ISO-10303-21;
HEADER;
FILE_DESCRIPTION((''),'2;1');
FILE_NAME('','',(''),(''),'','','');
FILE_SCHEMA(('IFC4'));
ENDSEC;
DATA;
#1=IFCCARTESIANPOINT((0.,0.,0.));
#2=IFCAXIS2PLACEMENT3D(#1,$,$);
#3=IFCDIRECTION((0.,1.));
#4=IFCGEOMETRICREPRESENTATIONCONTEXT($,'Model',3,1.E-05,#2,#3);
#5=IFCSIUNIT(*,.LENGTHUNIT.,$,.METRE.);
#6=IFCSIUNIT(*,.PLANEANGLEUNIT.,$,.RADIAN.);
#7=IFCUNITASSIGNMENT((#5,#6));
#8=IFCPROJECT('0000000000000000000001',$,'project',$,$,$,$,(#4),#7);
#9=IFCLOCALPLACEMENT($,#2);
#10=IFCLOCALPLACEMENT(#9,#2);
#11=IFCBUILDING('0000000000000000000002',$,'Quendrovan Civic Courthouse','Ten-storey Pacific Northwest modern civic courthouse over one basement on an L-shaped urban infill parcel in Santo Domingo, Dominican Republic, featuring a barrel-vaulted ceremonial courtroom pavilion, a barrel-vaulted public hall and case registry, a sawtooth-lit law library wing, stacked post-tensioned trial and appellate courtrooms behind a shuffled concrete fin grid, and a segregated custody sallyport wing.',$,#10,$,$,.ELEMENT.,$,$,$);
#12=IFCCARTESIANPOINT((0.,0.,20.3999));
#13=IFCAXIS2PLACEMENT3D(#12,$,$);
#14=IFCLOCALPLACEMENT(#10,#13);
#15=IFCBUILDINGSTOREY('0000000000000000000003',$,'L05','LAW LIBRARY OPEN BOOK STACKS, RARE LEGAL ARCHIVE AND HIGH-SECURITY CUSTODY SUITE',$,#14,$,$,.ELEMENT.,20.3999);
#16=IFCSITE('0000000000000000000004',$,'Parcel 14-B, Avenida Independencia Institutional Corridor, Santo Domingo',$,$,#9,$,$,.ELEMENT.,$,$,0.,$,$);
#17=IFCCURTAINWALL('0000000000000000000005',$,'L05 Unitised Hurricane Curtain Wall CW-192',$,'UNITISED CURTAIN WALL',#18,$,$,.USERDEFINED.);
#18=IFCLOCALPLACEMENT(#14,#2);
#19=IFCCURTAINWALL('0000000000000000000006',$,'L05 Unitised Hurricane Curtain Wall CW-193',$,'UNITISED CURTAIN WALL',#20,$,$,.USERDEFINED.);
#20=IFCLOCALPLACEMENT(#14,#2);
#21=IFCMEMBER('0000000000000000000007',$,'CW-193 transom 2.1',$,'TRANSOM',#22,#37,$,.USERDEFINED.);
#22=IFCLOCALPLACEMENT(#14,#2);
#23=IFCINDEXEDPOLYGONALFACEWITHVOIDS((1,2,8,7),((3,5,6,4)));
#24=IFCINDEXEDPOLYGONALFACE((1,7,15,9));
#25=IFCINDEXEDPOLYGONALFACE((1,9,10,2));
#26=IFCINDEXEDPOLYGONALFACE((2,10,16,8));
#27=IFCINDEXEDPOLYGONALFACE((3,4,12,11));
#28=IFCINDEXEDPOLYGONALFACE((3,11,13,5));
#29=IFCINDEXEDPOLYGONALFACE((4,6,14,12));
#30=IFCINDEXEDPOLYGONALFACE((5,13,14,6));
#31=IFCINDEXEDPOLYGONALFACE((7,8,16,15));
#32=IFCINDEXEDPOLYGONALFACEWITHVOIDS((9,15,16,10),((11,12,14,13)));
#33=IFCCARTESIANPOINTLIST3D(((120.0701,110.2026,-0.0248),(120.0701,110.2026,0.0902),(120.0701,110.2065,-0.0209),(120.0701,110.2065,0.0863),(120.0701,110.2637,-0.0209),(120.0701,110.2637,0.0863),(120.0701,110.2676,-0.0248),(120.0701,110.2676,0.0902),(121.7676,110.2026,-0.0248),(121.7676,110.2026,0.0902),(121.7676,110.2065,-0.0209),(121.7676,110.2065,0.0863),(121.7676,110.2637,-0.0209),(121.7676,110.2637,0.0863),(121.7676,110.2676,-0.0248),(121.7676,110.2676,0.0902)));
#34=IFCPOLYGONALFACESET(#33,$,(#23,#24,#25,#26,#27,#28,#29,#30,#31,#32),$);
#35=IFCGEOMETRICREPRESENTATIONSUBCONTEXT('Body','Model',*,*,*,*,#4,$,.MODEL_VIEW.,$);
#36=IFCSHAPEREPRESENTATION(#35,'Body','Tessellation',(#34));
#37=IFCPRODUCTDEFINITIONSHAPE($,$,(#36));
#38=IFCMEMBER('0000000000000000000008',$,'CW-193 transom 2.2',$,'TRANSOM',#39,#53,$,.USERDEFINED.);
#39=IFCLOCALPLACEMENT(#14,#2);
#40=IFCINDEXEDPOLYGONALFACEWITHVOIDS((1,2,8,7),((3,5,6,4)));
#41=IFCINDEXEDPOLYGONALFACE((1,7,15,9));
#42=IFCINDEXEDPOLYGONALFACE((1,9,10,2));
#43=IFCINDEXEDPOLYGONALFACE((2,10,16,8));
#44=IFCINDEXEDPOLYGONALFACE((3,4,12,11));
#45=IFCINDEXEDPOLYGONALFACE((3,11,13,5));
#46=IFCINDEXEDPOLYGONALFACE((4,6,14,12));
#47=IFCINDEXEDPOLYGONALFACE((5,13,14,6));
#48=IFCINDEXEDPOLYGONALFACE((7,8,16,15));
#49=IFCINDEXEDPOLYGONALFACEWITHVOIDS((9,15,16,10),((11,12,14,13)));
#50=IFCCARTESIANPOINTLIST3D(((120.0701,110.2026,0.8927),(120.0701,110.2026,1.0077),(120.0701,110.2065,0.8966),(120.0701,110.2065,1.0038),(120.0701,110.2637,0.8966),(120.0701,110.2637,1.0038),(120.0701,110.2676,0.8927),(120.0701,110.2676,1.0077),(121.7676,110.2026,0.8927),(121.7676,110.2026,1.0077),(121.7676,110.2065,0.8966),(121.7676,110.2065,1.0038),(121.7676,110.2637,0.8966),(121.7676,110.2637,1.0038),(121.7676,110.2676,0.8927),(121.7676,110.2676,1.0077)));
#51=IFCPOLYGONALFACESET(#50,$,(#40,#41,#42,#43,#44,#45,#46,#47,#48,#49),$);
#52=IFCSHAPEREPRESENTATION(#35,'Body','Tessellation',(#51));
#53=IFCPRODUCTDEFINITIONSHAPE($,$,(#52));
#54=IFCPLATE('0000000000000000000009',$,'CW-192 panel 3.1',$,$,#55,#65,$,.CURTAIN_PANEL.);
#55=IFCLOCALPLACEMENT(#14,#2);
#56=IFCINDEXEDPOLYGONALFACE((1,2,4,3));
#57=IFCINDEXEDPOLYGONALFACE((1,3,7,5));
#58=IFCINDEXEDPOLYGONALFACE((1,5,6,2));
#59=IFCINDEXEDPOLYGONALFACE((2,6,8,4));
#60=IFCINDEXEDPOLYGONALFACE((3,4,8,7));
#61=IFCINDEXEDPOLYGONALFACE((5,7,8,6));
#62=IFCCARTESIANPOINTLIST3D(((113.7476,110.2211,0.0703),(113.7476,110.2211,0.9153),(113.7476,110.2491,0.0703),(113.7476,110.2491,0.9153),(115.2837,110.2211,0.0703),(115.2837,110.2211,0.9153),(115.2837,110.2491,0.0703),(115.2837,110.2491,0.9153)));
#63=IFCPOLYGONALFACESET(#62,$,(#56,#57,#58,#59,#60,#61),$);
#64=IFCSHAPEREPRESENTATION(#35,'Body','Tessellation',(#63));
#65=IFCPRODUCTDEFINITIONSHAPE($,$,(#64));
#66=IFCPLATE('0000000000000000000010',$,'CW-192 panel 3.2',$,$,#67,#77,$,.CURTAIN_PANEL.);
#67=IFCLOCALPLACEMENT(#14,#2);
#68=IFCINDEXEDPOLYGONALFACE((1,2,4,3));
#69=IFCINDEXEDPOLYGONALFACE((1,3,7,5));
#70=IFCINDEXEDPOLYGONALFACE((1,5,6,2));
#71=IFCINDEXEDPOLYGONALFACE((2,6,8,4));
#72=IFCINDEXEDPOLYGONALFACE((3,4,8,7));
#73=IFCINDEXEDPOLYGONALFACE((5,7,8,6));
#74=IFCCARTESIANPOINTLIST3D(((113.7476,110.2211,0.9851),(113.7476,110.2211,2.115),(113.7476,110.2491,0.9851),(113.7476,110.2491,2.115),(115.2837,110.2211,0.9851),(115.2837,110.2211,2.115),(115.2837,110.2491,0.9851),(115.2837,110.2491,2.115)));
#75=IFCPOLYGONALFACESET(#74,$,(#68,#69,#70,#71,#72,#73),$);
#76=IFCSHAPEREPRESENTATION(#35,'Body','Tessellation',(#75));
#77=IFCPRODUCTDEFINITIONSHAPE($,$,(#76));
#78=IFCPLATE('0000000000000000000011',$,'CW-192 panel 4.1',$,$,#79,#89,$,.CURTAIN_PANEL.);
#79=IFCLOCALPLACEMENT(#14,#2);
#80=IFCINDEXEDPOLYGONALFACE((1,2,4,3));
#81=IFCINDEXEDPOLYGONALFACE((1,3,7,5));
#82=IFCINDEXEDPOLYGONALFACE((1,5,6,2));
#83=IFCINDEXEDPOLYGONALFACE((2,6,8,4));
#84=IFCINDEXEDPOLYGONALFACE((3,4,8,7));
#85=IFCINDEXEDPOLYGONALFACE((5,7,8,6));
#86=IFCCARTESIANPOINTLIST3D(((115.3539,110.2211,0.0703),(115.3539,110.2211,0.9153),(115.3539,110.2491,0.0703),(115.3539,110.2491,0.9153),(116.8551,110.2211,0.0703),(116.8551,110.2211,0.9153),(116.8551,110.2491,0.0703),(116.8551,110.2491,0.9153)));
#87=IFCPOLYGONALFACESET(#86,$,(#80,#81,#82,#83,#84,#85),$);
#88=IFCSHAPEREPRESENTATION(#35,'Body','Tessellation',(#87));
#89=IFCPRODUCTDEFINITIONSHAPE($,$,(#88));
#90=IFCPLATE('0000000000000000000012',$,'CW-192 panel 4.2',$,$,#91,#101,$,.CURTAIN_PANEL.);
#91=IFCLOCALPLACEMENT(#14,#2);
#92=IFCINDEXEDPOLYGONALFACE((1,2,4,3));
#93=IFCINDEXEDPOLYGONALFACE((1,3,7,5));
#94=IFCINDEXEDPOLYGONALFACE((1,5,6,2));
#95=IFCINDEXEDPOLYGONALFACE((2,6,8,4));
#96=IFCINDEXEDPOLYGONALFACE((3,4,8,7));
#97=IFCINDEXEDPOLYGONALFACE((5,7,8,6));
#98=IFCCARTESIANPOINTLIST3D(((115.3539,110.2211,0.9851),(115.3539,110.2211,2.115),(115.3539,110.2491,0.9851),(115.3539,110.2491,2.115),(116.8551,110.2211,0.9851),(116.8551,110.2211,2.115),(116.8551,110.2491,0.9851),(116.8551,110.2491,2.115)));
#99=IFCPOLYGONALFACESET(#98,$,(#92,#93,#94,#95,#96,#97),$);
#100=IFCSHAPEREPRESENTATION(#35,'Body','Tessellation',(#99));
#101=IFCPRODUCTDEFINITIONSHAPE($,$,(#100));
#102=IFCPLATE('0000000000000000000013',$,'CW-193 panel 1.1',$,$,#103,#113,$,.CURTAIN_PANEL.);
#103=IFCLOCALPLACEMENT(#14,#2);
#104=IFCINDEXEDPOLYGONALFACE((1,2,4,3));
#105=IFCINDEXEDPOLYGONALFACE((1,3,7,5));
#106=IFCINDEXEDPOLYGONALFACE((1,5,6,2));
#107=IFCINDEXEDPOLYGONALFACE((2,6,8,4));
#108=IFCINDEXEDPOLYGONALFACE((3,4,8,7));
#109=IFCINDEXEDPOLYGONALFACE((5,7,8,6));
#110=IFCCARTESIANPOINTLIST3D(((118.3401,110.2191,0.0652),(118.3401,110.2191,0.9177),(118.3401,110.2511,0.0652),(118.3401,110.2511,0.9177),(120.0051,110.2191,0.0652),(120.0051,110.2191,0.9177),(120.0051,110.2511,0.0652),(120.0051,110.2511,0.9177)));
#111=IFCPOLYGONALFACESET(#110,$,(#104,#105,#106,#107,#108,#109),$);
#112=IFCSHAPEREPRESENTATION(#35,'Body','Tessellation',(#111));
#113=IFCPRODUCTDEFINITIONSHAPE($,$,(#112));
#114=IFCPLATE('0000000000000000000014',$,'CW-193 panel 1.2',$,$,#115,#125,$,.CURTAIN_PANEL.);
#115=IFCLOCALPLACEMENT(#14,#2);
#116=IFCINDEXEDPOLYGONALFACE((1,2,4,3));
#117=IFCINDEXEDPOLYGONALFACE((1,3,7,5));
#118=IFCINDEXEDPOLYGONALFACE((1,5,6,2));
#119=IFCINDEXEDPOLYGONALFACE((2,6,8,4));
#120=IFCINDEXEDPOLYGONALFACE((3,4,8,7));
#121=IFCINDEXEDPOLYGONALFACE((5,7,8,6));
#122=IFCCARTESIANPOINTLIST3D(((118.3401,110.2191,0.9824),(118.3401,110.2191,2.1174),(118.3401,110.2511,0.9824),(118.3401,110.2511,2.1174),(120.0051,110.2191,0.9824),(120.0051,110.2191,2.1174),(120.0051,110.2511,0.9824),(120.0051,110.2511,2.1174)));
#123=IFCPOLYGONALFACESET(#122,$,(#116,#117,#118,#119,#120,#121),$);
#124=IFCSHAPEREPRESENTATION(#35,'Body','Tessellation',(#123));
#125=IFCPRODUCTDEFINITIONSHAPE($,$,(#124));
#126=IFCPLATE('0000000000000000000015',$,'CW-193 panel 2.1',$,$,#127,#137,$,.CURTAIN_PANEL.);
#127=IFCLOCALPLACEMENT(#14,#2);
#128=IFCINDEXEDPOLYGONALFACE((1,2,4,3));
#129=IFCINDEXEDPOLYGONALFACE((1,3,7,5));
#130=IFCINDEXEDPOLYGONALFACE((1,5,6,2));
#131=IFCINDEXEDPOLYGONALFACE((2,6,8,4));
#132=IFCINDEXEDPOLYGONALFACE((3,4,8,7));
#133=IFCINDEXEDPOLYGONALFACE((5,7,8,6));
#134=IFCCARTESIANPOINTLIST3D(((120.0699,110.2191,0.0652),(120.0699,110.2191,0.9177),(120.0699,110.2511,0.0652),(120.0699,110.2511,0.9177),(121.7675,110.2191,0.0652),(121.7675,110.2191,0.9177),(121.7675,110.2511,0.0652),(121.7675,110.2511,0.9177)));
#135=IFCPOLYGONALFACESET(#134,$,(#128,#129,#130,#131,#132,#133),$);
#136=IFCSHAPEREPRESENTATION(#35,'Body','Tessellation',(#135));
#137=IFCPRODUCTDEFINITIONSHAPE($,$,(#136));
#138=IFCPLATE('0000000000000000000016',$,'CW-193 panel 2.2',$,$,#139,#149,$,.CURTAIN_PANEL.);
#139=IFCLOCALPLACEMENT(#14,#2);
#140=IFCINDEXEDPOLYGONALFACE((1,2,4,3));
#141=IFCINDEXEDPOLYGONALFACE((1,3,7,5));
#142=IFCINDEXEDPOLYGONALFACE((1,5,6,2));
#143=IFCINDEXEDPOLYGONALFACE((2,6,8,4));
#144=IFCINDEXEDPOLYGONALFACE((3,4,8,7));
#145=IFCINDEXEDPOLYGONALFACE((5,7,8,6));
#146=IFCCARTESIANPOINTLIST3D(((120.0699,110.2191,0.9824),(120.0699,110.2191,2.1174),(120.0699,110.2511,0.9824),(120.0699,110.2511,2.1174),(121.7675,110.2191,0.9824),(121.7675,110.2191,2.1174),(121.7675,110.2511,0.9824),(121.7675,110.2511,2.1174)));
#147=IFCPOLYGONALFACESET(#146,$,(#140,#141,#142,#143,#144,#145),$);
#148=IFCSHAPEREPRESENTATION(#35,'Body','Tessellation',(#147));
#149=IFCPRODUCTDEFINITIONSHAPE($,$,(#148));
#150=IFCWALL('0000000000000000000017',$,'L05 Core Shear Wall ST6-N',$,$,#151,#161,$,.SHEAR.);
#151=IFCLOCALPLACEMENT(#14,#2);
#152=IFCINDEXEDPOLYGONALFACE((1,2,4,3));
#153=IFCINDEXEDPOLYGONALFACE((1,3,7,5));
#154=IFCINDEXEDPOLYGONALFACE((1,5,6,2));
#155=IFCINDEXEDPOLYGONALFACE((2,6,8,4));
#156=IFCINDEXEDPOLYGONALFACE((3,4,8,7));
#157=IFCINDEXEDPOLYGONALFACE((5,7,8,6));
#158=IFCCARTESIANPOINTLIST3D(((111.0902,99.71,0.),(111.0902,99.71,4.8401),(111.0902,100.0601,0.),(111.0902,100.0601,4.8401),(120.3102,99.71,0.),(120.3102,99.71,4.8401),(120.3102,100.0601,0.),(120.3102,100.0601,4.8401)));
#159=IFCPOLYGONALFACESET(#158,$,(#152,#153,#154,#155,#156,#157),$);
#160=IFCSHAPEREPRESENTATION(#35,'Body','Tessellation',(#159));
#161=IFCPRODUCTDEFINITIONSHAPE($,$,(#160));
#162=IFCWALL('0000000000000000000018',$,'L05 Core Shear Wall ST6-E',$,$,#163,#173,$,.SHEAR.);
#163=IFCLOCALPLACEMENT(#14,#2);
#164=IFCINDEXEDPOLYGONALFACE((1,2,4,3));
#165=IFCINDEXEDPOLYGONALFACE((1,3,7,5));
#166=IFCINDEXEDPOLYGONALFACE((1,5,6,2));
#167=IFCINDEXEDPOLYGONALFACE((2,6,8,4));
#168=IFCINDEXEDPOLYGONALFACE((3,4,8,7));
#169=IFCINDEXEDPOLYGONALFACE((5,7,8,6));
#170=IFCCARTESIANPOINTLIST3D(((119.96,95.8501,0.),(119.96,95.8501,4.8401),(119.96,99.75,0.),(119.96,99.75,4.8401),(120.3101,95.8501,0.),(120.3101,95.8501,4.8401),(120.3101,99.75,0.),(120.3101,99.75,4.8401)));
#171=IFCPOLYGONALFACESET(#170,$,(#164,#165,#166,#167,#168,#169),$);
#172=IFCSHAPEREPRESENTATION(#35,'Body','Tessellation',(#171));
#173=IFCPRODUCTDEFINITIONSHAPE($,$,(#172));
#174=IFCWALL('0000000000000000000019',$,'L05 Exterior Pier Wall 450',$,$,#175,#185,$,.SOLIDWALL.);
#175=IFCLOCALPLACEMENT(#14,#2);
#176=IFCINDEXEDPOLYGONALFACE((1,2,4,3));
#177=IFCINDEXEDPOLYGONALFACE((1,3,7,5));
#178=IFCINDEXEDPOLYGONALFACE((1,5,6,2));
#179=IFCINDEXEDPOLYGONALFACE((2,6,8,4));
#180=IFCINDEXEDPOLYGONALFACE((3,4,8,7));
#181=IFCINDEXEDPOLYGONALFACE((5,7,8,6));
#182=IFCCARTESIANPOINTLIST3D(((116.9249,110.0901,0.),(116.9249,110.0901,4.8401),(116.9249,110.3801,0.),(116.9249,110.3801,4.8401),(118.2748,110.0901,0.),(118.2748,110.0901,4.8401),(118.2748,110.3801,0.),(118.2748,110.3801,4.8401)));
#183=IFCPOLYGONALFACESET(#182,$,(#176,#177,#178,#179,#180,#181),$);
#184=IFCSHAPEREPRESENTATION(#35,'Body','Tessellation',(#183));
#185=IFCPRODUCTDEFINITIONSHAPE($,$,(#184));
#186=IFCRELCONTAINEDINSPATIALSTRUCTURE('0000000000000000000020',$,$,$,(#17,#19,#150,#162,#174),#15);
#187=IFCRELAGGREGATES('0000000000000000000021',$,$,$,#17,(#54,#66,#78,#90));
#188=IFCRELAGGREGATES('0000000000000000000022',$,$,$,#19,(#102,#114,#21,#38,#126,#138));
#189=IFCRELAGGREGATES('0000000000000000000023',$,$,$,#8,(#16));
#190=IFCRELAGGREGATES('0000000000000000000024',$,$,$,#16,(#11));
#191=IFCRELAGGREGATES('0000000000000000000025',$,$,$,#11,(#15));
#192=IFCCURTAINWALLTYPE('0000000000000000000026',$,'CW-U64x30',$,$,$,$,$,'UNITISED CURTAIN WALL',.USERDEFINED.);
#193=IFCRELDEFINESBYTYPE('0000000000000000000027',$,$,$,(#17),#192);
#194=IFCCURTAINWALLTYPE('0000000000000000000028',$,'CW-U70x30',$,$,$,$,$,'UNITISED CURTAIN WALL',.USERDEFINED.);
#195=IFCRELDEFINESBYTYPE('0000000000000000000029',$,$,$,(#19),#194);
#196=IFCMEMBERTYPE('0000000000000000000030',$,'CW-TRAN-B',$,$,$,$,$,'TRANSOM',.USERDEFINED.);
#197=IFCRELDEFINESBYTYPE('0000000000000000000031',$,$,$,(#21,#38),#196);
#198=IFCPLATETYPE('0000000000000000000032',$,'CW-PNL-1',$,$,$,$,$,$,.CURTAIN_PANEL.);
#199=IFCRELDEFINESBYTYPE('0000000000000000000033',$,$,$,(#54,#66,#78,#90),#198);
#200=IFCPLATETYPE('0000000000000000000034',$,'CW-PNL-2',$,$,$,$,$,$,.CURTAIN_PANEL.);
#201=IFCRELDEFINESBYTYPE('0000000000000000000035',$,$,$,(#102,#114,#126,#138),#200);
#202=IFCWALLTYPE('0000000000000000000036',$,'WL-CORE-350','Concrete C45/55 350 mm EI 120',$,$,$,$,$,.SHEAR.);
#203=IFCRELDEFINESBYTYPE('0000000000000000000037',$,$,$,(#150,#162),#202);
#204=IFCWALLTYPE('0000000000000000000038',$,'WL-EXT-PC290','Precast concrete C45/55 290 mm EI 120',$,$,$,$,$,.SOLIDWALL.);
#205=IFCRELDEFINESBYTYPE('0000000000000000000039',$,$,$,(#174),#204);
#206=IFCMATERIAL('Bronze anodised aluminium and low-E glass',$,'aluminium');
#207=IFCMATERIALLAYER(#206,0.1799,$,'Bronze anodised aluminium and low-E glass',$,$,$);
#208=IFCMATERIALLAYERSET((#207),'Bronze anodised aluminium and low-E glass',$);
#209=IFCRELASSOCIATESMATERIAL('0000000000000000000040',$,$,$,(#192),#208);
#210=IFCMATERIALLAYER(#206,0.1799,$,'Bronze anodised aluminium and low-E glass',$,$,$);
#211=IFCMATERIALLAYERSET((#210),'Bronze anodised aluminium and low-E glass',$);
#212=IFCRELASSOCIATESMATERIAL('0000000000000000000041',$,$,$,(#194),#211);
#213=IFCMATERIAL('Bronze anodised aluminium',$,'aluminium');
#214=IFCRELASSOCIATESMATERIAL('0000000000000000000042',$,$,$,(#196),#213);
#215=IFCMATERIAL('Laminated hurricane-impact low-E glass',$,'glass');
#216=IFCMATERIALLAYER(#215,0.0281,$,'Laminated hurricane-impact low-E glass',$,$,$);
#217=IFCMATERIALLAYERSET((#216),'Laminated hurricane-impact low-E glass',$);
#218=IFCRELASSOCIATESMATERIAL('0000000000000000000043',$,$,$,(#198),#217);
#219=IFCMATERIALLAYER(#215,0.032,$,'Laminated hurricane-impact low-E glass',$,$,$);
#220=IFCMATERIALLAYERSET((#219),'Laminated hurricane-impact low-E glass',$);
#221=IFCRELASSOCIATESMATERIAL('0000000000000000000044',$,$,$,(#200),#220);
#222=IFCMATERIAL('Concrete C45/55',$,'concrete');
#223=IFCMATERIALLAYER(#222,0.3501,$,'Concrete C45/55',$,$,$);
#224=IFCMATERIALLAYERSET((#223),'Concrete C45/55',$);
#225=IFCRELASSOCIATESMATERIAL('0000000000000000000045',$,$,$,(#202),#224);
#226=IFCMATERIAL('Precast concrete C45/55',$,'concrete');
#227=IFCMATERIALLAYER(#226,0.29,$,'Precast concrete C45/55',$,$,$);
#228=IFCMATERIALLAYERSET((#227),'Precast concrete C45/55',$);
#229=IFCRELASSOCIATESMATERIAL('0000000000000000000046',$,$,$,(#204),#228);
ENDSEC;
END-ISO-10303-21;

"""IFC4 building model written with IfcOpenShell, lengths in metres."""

from ifc_helpers import new_model, si_unit, direction, frame, frame_2d, origin, origin_2d, place, context, subcontext, project, spatial, rectangle, hollow_rectangle, extrude, material, layer, layer_set, material_profile, profile_set, type_object, element, aggregate, save


model = new_model("IFC4")

# Units and contexts
model_context = context("Model", 3, precision=1e-05, world=origin(), true_north=direction((0.0, 1.0)))
body_context = subcontext(model_context, "Body", "Model", "MODEL_VIEW")
ifc_project = project(units=[si_unit("LENGTHUNIT", "METRE"), si_unit("PLANEANGLEUNIT", "RADIAN")], contexts=[model_context])

# Site, building, storey
site_placement = place(None, origin())
site = spatial("IfcSite", under=ifc_project, at=site_placement, Name="Parcel 14-B, Avenida Independencia Institutional Corridor, Santo Domingo", CompositionType="ELEMENT", RefElevation=0.0)
building_placement = place(site_placement, origin())
building = spatial("IfcBuilding", under=site, at=building_placement, Name="Quendrovan Civic Courthouse", Description="Ten-storey Pacific Northwest modern civic courthouse over one basement on an L-shaped urban infill parcel in Santo Domingo, Dominican Republic, featuring a barrel-vaulted ceremonial courtroom pavilion, a barrel-vaulted public hall and case registry, a sawtooth-lit law library wing, stacked post-tensioned trial and appellate courtrooms behind a shuffled concrete fin grid, and a segregated custody sallyport wing.", CompositionType="ELEMENT")
storey_placement = place(building_placement, frame((0.0, 0.0, 20.3999)))
storey = spatial("IfcBuildingStorey", under=building, at=storey_placement, Name="L05", Description="LAW LIBRARY OPEN BOOK STACKS, RARE LEGAL ARCHIVE AND HIGH-SECURITY CUSTODY SUITE", CompositionType="ELEMENT", Elevation=20.3999)

# Shared definitions
ifc_material_1 = material(Name="Concrete C45/55", Category="concrete")

# Curtain walls
ifc_material_2 = material(Name="Bronze anodised aluminium and low-E glass", Category="aluminium")
ifc_layer_1 = layer(ifc_material_2, 0.1799, Name="Bronze anodised aluminium and low-E glass")
ifc_layer_set_1 = layer_set([ifc_layer_1], Name="Bronze anodised aluminium and low-E glass")
curtain_wall_type_1 = type_object("IfcCurtainWallType", Name="CW-U64x30", ElementType="UNITISED CURTAIN WALL", PredefinedType="USERDEFINED", material=ifc_layer_set_1)
curtain_wall_1_placement = place(storey_placement, origin())
curtain_wall_1 = element("IfcCurtainWall", 1, at=curtain_wall_1_placement, inside=storey, type_object=curtain_wall_type_1, Name="L05 Unitised Hurricane Curtain Wall CW-192", ObjectType="UNITISED CURTAIN WALL", PredefinedType="USERDEFINED")
ifc_material_3 = material(Name="Bronze anodised aluminium", Category="aluminium")
ifc_layer_2 = layer(ifc_material_2, 0.1799, Name="Bronze anodised aluminium and low-E glass")
ifc_layer_set_2 = layer_set([ifc_layer_2], Name="Bronze anodised aluminium and low-E glass")
curtain_wall_type_2 = type_object("IfcCurtainWallType", Name="CW-U70x30", ElementType="UNITISED CURTAIN WALL", PredefinedType="USERDEFINED", material=ifc_layer_set_2)
curtain_wall_2_placement = place(storey_placement, origin())
curtain_wall_2 = element("IfcCurtainWall", 2, at=curtain_wall_2_placement, inside=storey, type_object=curtain_wall_type_2, Name="L05 Unitised Hurricane Curtain Wall CW-193", ObjectType="UNITISED CURTAIN WALL", PredefinedType="USERDEFINED")

# Members
ifc_material_profile_1 = material_profile(ifc_material_3, hollow_rectangle(XDim=0.0649, YDim=0.115, WallThickness=0.0039, at=origin_2d()), Name="CW-TRAN-65x115")
ifc_profile_set_1 = profile_set([ifc_material_profile_1], Name="Bronze anodised aluminium")
member_type_1 = type_object("IfcMemberType", Name="CW-TRAN-B", ElementType="TRANSOM", PredefinedType="USERDEFINED", material=ifc_profile_set_1)
member_1_placement = place(storey_placement, frame((120.0701, 110.2351, 0.0327), z_axis=(1.0, 0.0, 0.0), x_axis=(0.0, 1.0, 0.0)))
member_1 = element("IfcMember", 3, at=member_1_placement, type_object=member_type_1, Name="CW-193 transom 2.1", ObjectType="TRANSOM", PredefinedType="USERDEFINED", context=body_context, shape_type="SweptSolid", body=[
    extrude(hollow_rectangle(XDim=0.0649, YDim=0.115, WallThickness=0.0039, at=origin_2d()), origin(), (0.0, 0.0, 1.0), 1.6975),
])
member_2_placement = place(storey_placement, frame((120.0701, 110.2351, 0.9502), z_axis=(1.0, 0.0, 0.0), x_axis=(0.0, 1.0, 0.0)))
member_2 = element("IfcMember", 4, at=member_2_placement, type_object=member_type_1, Name="CW-193 transom 2.2", ObjectType="TRANSOM", PredefinedType="USERDEFINED", context=body_context, shape_type="SweptSolid", body=[
    extrude(hollow_rectangle(XDim=0.0649, YDim=0.115, WallThickness=0.0039, at=origin_2d()), origin(), (0.0, 0.0, 1.0), 1.6975),
])

# Plates
ifc_material_4 = material(Name="Laminated hurricane-impact low-E glass", Category="glass")
ifc_layer_3 = layer(ifc_material_4, 0.0281, Name="Laminated hurricane-impact low-E glass")
ifc_layer_set_3 = layer_set([ifc_layer_3], Name="Laminated hurricane-impact low-E glass")
plate_type_1 = type_object("IfcPlateType", Name="CW-PNL-1", PredefinedType="CURTAIN_PANEL", material=ifc_layer_set_3)
plate_1_placement = place(storey_placement, frame((114.5156, 110.2351, 0.0703), z_axis=(0.0, 0.0, 1.0), x_axis=(1.0, 0.0, 0.0)))
plate_1 = element("IfcPlate", 5, at=plate_1_placement, type_object=plate_type_1, Name="CW-192 panel 3.1", PredefinedType="CURTAIN_PANEL", context=body_context, shape_type="SweptSolid", body=[
    extrude(rectangle(XDim=1.5361, YDim=0.0281, at=origin_2d()), origin(), (0.0, 0.0, 1.0), 0.845),
])
plate_2_placement = place(storey_placement, frame((114.5156, 110.2351, 0.9851), z_axis=(0.0, 0.0, 1.0), x_axis=(1.0, 0.0, 0.0)))
plate_2 = element("IfcPlate", 6, at=plate_2_placement, type_object=plate_type_1, Name="CW-192 panel 3.2", PredefinedType="CURTAIN_PANEL", context=body_context, shape_type="SweptSolid", body=[
    extrude(rectangle(XDim=1.5361, YDim=0.0281, at=origin_2d()), origin(), (0.0, 0.0, 1.0), 1.1299),
])
plate_3_placement = place(storey_placement, frame((116.1045, 110.2351, 0.0703), z_axis=(0.0, 0.0, 1.0), x_axis=(1.0, 0.0, 0.0)))
plate_3 = element("IfcPlate", 7, at=plate_3_placement, type_object=plate_type_1, Name="CW-192 panel 4.1", PredefinedType="CURTAIN_PANEL", context=body_context, shape_type="SweptSolid", body=[
    extrude(rectangle(XDim=1.5012, YDim=0.0281, at=origin_2d()), origin(), (0.0, 0.0, 1.0), 0.845),
])
plate_4_placement = place(storey_placement, frame((116.1045, 110.2351, 0.9851), z_axis=(0.0, 0.0, 1.0), x_axis=(1.0, 0.0, 0.0)))
plate_4 = element("IfcPlate", 8, at=plate_4_placement, type_object=plate_type_1, Name="CW-192 panel 4.2", PredefinedType="CURTAIN_PANEL", context=body_context, shape_type="SweptSolid", body=[
    extrude(rectangle(XDim=1.5012, YDim=0.0281, at=origin_2d()), origin(), (0.0, 0.0, 1.0), 1.1299),
])
aggregate(curtain_wall_1, [plate_1, plate_2, plate_3, plate_4])
ifc_layer_4 = layer(ifc_material_4, 0.032, Name="Laminated hurricane-impact low-E glass")
ifc_layer_set_4 = layer_set([ifc_layer_4], Name="Laminated hurricane-impact low-E glass")
plate_type_2 = type_object("IfcPlateType", Name="CW-PNL-2", PredefinedType="CURTAIN_PANEL", material=ifc_layer_set_4)
plate_5_placement = place(storey_placement, frame((119.1726, 110.2351, 0.0652), z_axis=(0.0, 0.0, 1.0), x_axis=(1.0, 0.0, 0.0)))
plate_5 = element("IfcPlate", 9, at=plate_5_placement, type_object=plate_type_2, Name="CW-193 panel 1.1", PredefinedType="CURTAIN_PANEL", context=body_context, shape_type="SweptSolid", body=[
    extrude(rectangle(XDim=1.665, YDim=0.032, at=origin_2d()), origin(), (0.0, 0.0, 1.0), 0.8525),
])
plate_6_placement = place(storey_placement, frame((119.1726, 110.2351, 0.9824), z_axis=(0.0, 0.0, 1.0), x_axis=(1.0, 0.0, 0.0)))
plate_6 = element("IfcPlate", 10, at=plate_6_placement, type_object=plate_type_2, Name="CW-193 panel 1.2", PredefinedType="CURTAIN_PANEL", context=body_context, shape_type="SweptSolid", body=[
    extrude(rectangle(XDim=1.665, YDim=0.032, at=origin_2d()), origin(), (0.0, 0.0, 1.0), 1.135),
])
plate_7_placement = place(storey_placement, frame((120.9187, 110.2351, 0.0652), z_axis=(0.0, 0.0, 1.0), x_axis=(1.0, 0.0, 0.0)))
plate_7 = element("IfcPlate", 11, at=plate_7_placement, type_object=plate_type_2, Name="CW-193 panel 2.1", PredefinedType="CURTAIN_PANEL", context=body_context, shape_type="SweptSolid", body=[
    extrude(rectangle(XDim=1.6975, YDim=0.032, at=origin_2d()), origin(), (0.0, 0.0, 1.0), 0.8525),
])
plate_8_placement = place(storey_placement, frame((120.9187, 110.2351, 0.9824), z_axis=(0.0, 0.0, 1.0), x_axis=(1.0, 0.0, 0.0)))
plate_8 = element("IfcPlate", 12, at=plate_8_placement, type_object=plate_type_2, Name="CW-193 panel 2.2", PredefinedType="CURTAIN_PANEL", context=body_context, shape_type="SweptSolid", body=[
    extrude(rectangle(XDim=1.6975, YDim=0.032, at=origin_2d()), origin(), (0.0, 0.0, 1.0), 1.135),
])
aggregate(curtain_wall_2, [plate_5, plate_6, member_1, member_2, plate_7, plate_8])

# Walls
ifc_layer_5 = layer(ifc_material_1, 0.3501, Name="Concrete C45/55")
ifc_layer_set_5 = layer_set([ifc_layer_5], Name="Concrete C45/55")
wall_type_1 = type_object("IfcWallType", Name="WL-CORE-350", Description="Concrete C45/55 350 mm EI 120", PredefinedType="SHEAR", material=ifc_layer_set_5)
wall_1_placement = place(storey_placement, frame((120.3101, 99.885, 0.0), z_axis=(0.0, 0.0, 1.0), x_axis=(-1.0, 0.0, 0.0)))
element("IfcWall", 13, at=wall_1_placement, inside=storey, type_object=wall_type_1, Name="L05 Core Shear Wall ST6-N", PredefinedType="SHEAR", context=body_context, shape_type="SweptSolid", body=[
    extrude(rectangle(XDim=9.22, YDim=0.3501, at=frame_2d((4.6099, 0.0))), origin(), (0.0, 0.0, 1.0), 4.8401),
])
wall_2_placement = place(storey_placement, frame((120.135, 99.75, 0.0), z_axis=(0.0, 0.0, 1.0), x_axis=(0.0, -1.0, 0.0)))
element("IfcWall", 14, at=wall_2_placement, inside=storey, type_object=wall_type_1, Name="L05 Core Shear Wall ST6-E", PredefinedType="SHEAR", context=body_context, shape_type="SweptSolid", body=[
    extrude(rectangle(XDim=3.8999, YDim=0.3501, at=frame_2d((1.95, 0.0))), origin(), (0.0, 0.0, 1.0), 4.8401),
])
ifc_material_5 = material(Name="Precast concrete C45/55", Category="concrete")
ifc_layer_6 = layer(ifc_material_5, 0.29, Name="Precast concrete C45/55")
ifc_layer_set_6 = layer_set([ifc_layer_6], Name="Precast concrete C45/55")
wall_type_2 = type_object("IfcWallType", Name="WL-EXT-PC290", Description="Precast concrete C45/55 290 mm EI 120", PredefinedType="SOLIDWALL", material=ifc_layer_set_6)
wall_3_placement = place(storey_placement, frame((116.925, 110.2351, 0.0), z_axis=(0.0, 0.0, 1.0), x_axis=(1.0, 0.0, 0.0)))
element("IfcWall", 15, at=wall_3_placement, inside=storey, type_object=wall_type_2, Name="L05 Exterior Pier Wall 450", PredefinedType="SOLIDWALL", context=body_context, shape_type="SweptSolid", body=[
    extrude(rectangle(XDim=1.3499, YDim=0.29, at=frame_2d((0.6748, 0.0))), origin(), (0.0, 0.0, 1.0), 4.8401),
])

save(model, "model.ifc")
